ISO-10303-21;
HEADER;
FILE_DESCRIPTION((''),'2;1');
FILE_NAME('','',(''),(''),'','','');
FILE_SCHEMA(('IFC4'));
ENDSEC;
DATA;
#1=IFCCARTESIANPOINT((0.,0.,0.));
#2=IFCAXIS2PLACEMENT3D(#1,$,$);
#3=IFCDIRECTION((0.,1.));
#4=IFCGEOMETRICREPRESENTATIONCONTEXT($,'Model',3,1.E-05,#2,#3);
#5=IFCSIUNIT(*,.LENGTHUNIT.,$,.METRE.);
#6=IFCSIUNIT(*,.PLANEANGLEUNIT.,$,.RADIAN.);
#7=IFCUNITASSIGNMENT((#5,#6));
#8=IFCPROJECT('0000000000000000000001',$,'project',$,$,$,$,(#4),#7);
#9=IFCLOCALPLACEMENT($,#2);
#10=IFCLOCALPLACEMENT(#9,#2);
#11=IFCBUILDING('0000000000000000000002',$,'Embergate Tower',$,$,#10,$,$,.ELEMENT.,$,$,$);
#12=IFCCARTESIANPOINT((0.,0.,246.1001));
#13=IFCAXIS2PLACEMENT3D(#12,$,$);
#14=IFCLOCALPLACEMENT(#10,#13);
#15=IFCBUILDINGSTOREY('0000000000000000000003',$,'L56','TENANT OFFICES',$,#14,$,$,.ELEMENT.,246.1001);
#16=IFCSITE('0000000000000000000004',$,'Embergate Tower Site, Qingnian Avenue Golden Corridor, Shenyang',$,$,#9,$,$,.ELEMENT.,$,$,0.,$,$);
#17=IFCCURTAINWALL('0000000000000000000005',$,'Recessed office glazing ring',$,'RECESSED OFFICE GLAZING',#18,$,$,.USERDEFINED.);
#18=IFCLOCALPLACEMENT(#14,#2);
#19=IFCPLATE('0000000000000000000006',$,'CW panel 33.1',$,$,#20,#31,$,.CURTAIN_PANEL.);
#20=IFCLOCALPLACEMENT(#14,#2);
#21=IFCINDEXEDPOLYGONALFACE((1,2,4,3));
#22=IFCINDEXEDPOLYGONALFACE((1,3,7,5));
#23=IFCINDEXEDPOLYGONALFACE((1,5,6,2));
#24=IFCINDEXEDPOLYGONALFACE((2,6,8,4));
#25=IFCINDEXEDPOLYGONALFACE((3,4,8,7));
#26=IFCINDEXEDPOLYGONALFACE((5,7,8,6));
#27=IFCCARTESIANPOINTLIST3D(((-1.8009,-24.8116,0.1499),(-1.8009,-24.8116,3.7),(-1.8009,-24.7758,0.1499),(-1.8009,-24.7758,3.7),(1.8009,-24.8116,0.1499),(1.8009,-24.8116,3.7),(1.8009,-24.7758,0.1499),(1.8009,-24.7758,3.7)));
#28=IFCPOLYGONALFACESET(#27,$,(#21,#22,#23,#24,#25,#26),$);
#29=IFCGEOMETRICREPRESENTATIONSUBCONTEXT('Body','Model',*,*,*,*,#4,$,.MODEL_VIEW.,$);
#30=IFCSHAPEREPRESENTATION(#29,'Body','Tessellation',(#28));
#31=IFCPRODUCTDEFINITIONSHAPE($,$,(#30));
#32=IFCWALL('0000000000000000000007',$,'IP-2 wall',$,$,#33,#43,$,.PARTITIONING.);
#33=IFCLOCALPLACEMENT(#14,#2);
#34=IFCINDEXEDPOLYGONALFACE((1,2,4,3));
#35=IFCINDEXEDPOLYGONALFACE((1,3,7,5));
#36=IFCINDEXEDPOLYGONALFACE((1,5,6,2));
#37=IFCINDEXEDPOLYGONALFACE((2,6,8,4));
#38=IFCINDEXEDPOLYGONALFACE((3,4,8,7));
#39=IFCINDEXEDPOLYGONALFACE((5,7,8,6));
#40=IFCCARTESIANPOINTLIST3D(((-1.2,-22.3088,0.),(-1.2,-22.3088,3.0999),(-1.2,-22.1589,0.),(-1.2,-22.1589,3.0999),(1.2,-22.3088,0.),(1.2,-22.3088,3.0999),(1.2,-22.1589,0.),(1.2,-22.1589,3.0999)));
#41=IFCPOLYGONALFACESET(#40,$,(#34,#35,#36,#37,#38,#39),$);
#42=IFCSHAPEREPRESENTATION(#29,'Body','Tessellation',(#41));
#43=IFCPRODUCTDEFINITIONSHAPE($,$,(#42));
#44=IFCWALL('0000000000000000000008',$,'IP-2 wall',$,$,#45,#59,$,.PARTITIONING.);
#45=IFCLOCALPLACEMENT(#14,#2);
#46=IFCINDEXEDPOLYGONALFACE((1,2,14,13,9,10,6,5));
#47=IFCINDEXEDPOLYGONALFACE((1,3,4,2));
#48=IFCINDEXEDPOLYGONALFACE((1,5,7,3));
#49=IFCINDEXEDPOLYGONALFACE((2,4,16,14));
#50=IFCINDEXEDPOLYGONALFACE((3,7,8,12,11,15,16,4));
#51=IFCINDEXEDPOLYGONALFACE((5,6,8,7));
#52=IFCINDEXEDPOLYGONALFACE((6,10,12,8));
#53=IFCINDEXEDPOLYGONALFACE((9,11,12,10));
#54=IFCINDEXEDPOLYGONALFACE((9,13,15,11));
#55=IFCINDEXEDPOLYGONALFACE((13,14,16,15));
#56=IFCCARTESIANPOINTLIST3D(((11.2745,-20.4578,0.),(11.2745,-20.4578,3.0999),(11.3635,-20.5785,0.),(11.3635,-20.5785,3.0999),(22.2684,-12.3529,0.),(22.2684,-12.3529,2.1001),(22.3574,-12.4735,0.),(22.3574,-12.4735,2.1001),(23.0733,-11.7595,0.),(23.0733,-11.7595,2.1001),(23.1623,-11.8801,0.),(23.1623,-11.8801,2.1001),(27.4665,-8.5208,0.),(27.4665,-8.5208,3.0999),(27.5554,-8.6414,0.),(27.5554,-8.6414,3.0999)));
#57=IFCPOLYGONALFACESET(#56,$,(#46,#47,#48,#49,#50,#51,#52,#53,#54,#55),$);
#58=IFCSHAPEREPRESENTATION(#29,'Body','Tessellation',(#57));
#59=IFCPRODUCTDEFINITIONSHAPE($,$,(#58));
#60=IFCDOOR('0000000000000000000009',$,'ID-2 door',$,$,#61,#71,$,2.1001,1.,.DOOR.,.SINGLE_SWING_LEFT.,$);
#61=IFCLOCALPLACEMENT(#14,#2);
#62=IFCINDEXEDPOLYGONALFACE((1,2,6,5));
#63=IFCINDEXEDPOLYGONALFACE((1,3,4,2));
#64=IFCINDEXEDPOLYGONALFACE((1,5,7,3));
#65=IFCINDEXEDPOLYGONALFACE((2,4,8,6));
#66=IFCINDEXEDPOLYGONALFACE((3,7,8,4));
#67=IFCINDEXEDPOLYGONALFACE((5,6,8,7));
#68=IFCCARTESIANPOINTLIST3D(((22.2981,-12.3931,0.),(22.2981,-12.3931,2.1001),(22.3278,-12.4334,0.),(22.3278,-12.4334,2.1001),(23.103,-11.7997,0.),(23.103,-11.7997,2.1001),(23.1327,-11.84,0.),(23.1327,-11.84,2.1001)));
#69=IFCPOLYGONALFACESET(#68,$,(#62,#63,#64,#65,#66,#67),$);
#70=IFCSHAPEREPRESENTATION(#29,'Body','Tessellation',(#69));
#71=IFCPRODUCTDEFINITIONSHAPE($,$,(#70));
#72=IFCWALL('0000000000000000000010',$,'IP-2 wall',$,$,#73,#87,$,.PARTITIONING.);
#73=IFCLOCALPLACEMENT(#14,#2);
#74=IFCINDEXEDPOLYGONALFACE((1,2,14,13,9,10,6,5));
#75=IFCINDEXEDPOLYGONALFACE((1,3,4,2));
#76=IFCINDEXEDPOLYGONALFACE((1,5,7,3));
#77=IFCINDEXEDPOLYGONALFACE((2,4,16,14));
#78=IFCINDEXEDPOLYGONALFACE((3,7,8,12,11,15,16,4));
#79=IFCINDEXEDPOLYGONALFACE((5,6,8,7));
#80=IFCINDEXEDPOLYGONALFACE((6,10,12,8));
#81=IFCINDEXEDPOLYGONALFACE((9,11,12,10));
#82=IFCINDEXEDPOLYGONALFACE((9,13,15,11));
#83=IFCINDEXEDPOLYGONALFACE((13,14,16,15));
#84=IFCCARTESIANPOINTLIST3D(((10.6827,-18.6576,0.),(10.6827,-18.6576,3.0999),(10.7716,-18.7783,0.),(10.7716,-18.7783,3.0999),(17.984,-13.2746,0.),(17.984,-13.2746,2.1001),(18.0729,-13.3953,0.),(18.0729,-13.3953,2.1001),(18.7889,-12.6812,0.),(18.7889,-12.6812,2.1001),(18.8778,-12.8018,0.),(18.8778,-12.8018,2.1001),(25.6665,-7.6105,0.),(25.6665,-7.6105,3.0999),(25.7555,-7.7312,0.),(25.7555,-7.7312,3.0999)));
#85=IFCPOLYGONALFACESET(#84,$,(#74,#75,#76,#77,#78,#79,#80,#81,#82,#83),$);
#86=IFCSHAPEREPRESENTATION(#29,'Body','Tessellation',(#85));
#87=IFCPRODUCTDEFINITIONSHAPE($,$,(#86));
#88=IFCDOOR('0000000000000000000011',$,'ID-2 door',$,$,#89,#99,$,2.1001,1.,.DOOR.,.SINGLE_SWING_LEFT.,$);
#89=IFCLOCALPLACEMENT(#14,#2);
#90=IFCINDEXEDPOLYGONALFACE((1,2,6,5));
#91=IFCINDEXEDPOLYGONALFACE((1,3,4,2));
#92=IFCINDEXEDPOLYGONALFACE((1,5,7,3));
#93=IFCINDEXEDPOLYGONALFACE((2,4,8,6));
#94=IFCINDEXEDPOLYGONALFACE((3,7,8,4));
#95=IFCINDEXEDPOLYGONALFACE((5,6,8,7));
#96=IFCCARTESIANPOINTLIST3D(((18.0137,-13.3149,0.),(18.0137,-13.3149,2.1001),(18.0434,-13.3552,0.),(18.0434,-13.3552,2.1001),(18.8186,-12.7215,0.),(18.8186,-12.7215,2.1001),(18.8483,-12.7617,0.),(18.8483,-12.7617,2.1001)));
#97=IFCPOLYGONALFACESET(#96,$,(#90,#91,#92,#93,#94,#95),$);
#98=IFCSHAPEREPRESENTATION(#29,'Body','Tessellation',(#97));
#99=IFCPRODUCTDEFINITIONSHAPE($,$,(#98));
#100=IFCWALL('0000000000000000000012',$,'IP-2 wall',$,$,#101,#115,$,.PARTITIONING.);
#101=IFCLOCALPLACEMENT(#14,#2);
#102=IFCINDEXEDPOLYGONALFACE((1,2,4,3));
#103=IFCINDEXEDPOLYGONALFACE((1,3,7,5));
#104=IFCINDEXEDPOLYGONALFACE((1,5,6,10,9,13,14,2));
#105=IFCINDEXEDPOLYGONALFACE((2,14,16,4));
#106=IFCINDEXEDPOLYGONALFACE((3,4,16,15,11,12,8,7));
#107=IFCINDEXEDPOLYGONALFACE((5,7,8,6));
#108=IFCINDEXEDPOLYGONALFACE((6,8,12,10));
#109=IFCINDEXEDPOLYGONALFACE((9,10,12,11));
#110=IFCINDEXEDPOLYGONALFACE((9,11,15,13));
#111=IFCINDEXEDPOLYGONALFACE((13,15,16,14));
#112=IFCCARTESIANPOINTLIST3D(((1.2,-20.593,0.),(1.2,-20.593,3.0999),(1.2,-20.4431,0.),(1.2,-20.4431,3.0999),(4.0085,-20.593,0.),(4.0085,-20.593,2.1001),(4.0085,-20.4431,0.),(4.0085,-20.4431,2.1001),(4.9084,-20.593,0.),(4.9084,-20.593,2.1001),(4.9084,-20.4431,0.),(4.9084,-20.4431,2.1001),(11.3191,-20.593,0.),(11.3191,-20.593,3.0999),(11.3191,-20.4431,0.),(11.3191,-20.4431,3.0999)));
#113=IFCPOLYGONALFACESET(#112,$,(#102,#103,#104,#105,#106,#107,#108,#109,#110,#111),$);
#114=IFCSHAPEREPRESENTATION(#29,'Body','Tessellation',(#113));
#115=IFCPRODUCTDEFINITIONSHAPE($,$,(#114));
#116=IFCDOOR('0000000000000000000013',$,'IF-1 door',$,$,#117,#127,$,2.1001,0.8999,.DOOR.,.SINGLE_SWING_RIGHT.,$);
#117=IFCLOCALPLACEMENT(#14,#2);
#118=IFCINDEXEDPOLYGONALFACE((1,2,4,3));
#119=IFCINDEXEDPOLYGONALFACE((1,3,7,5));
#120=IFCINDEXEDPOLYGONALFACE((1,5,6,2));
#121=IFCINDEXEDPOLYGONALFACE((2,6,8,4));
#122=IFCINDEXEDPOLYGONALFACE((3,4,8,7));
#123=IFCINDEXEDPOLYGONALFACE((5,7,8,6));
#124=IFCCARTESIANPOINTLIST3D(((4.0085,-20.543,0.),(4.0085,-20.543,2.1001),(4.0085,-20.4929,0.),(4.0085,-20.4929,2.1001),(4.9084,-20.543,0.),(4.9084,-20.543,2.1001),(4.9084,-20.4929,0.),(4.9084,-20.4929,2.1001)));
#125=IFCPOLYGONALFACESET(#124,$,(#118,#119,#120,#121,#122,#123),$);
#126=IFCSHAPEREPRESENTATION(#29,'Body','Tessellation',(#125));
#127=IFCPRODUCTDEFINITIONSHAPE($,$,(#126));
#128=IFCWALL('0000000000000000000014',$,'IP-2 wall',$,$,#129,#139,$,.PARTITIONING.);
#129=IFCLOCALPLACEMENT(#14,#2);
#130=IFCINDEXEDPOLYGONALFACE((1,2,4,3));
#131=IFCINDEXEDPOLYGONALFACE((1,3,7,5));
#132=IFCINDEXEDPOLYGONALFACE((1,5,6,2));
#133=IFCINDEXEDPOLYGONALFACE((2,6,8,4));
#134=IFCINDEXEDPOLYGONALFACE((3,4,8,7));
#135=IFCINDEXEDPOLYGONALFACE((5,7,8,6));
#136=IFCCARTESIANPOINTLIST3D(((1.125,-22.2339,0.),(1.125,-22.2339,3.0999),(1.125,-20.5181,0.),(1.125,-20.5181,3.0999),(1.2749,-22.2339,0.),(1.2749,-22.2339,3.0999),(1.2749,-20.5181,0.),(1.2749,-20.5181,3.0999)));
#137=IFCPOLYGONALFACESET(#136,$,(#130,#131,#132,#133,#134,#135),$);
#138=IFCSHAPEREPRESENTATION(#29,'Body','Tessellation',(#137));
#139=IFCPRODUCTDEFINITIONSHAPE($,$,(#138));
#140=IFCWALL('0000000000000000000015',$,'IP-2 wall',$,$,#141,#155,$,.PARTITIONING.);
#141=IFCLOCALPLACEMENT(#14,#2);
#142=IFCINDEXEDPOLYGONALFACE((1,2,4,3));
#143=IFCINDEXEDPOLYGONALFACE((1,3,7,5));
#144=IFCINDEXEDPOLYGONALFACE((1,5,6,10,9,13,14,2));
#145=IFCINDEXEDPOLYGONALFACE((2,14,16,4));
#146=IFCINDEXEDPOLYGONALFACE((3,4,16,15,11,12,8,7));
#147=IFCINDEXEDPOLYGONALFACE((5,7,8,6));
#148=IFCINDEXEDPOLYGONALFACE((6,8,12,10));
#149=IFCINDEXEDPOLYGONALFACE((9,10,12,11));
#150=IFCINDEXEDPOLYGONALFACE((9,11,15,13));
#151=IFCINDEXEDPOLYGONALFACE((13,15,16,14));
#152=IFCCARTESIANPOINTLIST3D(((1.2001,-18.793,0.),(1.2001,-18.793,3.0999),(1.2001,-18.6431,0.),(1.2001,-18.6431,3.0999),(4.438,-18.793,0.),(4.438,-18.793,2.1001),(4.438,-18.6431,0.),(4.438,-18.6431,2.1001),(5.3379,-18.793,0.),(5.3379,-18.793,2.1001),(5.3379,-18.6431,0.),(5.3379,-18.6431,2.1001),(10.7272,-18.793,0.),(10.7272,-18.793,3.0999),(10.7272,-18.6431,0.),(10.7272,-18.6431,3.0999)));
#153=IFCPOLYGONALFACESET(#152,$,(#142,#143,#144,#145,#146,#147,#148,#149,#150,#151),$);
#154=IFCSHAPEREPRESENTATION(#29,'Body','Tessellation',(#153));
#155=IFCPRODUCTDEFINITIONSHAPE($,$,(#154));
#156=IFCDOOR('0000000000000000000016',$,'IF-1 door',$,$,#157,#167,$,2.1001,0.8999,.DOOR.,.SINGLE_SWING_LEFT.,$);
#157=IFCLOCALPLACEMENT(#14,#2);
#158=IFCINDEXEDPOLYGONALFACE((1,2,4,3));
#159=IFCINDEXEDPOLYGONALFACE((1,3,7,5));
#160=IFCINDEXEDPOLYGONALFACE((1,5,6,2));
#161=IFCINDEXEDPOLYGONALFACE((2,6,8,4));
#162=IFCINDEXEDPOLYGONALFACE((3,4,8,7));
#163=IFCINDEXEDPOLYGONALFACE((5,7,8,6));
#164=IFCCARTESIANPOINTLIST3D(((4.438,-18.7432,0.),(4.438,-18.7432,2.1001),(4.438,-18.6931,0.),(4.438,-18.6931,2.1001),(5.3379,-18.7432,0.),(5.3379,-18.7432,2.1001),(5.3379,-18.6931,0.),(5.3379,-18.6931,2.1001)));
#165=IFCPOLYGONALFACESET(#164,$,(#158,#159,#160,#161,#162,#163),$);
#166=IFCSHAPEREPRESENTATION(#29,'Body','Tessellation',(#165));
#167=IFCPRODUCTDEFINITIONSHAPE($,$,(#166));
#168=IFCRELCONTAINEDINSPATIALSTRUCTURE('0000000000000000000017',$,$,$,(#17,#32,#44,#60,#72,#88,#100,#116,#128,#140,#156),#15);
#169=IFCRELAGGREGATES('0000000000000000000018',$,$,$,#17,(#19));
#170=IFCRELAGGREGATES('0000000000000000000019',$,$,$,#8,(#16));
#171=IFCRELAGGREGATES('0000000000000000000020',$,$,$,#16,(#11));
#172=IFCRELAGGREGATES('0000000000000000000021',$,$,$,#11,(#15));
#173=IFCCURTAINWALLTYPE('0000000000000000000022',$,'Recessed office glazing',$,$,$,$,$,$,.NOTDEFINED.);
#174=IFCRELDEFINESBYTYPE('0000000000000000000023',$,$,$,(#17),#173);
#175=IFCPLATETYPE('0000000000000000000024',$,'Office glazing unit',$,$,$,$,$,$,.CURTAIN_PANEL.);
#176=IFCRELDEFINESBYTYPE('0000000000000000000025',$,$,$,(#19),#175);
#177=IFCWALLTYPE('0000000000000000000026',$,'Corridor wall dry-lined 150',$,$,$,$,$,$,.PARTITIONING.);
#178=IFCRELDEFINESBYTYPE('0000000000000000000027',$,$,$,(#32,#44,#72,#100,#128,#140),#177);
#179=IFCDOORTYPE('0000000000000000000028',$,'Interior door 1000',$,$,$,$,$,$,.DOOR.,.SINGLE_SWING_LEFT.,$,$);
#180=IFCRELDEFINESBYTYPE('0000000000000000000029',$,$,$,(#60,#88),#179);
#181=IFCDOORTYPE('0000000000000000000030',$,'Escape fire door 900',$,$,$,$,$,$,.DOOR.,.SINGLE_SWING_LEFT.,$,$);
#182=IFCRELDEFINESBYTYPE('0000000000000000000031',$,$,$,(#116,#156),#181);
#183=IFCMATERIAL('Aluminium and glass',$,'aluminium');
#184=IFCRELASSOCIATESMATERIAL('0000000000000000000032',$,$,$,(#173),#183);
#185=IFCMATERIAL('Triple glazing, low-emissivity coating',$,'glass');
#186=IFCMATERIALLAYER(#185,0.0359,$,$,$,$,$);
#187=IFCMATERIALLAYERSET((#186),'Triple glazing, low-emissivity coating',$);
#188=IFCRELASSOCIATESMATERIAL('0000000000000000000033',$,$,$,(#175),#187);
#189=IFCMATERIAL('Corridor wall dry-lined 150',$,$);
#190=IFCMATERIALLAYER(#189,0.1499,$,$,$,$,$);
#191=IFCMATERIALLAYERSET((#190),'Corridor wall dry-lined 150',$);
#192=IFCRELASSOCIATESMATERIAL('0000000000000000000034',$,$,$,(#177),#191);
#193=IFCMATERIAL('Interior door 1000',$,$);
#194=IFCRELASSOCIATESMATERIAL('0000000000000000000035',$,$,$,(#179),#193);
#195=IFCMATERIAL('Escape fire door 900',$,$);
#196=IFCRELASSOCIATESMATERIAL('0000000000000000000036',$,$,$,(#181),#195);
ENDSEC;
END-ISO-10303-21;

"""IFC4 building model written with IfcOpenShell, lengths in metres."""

from ifc_helpers import new_model, si_unit, direction, frame, frame_2d, origin, origin_2d, place, context, subcontext, project, spatial, rectangle, extrude, source, transform, mapped, material, layer, layer_set, type_object, element, fill, aggregate, save


model = new_model("IFC4")

# Units and contexts
model_context = context("Model", 3, precision=1e-05, world=origin(), true_north=direction((0.0, 1.0)))
body_context = subcontext(model_context, "Body", "Model", "MODEL_VIEW")
ifc_project = project(units=[si_unit("LENGTHUNIT", "METRE"), si_unit("PLANEANGLEUNIT", "RADIAN")], contexts=[model_context])

# Site, building, storey
site_placement = place(None, origin())
site = spatial("IfcSite", under=ifc_project, at=site_placement, Name="Embergate Tower Site, Qingnian Avenue Golden Corridor, Shenyang", CompositionType="ELEMENT", RefElevation=0.0)
building_placement = place(site_placement, origin())
building = spatial("IfcBuilding", under=site, at=building_placement, Name="Embergate Tower", CompositionType="ELEMENT")
storey_placement = place(building_placement, frame((0.0, 0.0, 246.1001)))
storey = spatial("IfcBuildingStorey", under=building, at=storey_placement, Name="L56", Description="TENANT OFFICES", CompositionType="ELEMENT", Elevation=246.1001)

# Curtain wall
ifc_material_1 = material(Name="Aluminium and glass", Category="aluminium")
curtain_wall_type = type_object("IfcCurtainWallType", Name="Recessed office glazing", PredefinedType="NOTDEFINED", material=ifc_material_1)
curtain_wall_placement = place(storey_placement, origin())
curtain_wall = element("IfcCurtainWall", 1, at=curtain_wall_placement, inside=storey, type_object=curtain_wall_type, Name="Recessed office glazing ring", ObjectType="RECESSED OFFICE GLAZING", PredefinedType="USERDEFINED")

# Plate
ifc_material_2 = material(Name="Triple glazing, low-emissivity coating", Category="glass")
ifc_layer_1 = layer(ifc_material_2, 0.0359)
ifc_layer_set_1 = layer_set([ifc_layer_1], Name="Triple glazing, low-emissivity coating")
plate_type = type_object("IfcPlateType", Name="Office glazing unit", PredefinedType="CURTAIN_PANEL", material=ifc_layer_set_1)
shared_shape_1 = source(origin(), body_context, "Body", "SweptSolid", [
    extrude(rectangle(XDim=3.6018, YDim=0.0359, at=origin_2d()), origin(), (0.0, 0.0, 1.0), 3.55),
])
plate_1_placement = place(storey_placement, frame((0.0, -24.7937, 0.1499), z_axis=(0.0, 0.0, 1.0), x_axis=(1.0, 0.0, 0.0)))
plate_1 = element("IfcPlate", 2, at=plate_1_placement, type_object=plate_type, Name="CW panel 33.1", PredefinedType="CURTAIN_PANEL", context=body_context, shape_type="MappedRepresentation", body=[
    mapped(shared_shape_1, transform((0.0, 0.0, 0.0))),
])
aggregate(curtain_wall, [plate_1])

# Wall
ifc_material_3 = material(Name="Corridor wall dry-lined 150")
ifc_layer_2 = layer(ifc_material_3, 0.1499)
ifc_layer_set_2 = layer_set([ifc_layer_2], Name="Corridor wall dry-lined 150")
wall_type_1 = type_object("IfcWallType", Name="Corridor wall dry-lined 150", PredefinedType="PARTITIONING", material=ifc_layer_set_2)
shared_shape_2 = source(origin(), body_context, "Body", "SweptSolid", [
    extrude(rectangle(XDim=2.3999, YDim=0.1499, at=frame_2d((1.2, 0.0))), origin(), (0.0, 0.0, 1.0), 3.0999),
])
wall_1_placement = place(storey_placement, frame((1.2, -22.2339, 0.0), z_axis=(0.0, 0.0, 1.0), x_axis=(-1.0, 0.0, 0.0)))
element("IfcWall", 3, at=wall_1_placement, inside=storey, type_object=wall_type_1, Name="IP-2 wall", PredefinedType="PARTITIONING", context=body_context, shape_type="MappedRepresentation", body=[
    mapped(shared_shape_2, transform((0.0, 0.0, 0.0))),
])

# Walls, openings, doors
shared_shape_3 = source(origin(), body_context, "Body", "SweptSolid", [
    extrude(rectangle(XDim=20.1165, YDim=0.1499, at=frame_2d((10.0581, 0.0))), origin(), (0.0, 0.0, 1.0), 3.0999),
])
wall_2_placement = place(storey_placement, frame((11.3191, -20.5181, 0.0), z_axis=(0.0, 0.0, 1.0), x_axis=(0.80491, 0.593397, 0.0)))
wall_2 = element("IfcWall", 4, at=wall_2_placement, inside=storey, type_object=wall_type_1, Name="IP-2 wall", PredefinedType="PARTITIONING", context=body_context, shape_type="MappedRepresentation", body=[
    mapped(shared_shape_3, transform((0.0, 0.0, 0.0))),
])
shared_shape_4 = source(origin(), body_context, "Body", "SweptSolid", [
    extrude(rectangle(XDim=1.0, YDim=2.1001, at=frame_2d((0.5, 1.05))), frame((0.0, 0.085, 0.0), z_axis=(0.0, -1.0, 0.0), x_axis=(1.0, 0.0, 0.0)), (0.0, 0.0, 1.0), 0.1699),
])
opening_1_placement = place(wall_2_placement, frame((13.6584, 0.0, 0.0)))
opening_1 = element("IfcOpeningElement", 5, at=opening_1_placement, cuts=wall_2, PredefinedType="OPENING", context=body_context, shape_type="MappedRepresentation", body=[
    mapped(shared_shape_4, transform((0.0, 0.0, 0.0))),
])
ifc_material_4 = material(Name="Interior door 1000")
door_type_1 = type_object("IfcDoorType", Name="Interior door 1000", OperationType="SINGLE_SWING_LEFT", PredefinedType="DOOR", material=ifc_material_4)
shared_shape_5 = source(origin(), body_context, "Body", "SweptSolid", [
    extrude(rectangle(XDim=1.0, YDim=2.1001, at=frame_2d((0.5, 1.05))), frame((0.0, 0.0249, 0.0), z_axis=(0.0, -1.0, 0.0), x_axis=(1.0, 0.0, 0.0)), (0.0, 0.0, 1.0), 0.05),
])
door_1_placement = place(opening_1_placement, origin())
door_1 = element("IfcDoor", 6, at=door_1_placement, inside=storey, type_object=door_type_1, Name="ID-2 door", OperationType="SINGLE_SWING_LEFT", OverallHeight=2.1001, OverallWidth=1.0, PredefinedType="DOOR", context=body_context, shape_type="MappedRepresentation", body=[
    mapped(shared_shape_5, transform((0.0, 0.0, 0.0))),
])
fill(opening_1, door_1)
shared_shape_6 = source(origin(), body_context, "Body", "SweptSolid", [
    extrude(rectangle(XDim=18.616, YDim=0.1499, at=frame_2d((9.3081, 0.0))), origin(), (0.0, 0.0, 1.0), 3.0999),
])
wall_3_placement = place(storey_placement, frame((10.7271, -18.718, 0.0), z_axis=(0.0, 0.0, 1.0), x_axis=(0.804893, 0.59342, 0.0)))
wall_3 = element("IfcWall", 7, at=wall_3_placement, inside=storey, type_object=wall_type_1, Name="IP-2 wall", PredefinedType="PARTITIONING", context=body_context, shape_type="MappedRepresentation", body=[
    mapped(shared_shape_6, transform((0.0, 0.0, 0.0))),
])
opening_2_placement = place(wall_3_placement, frame((9.0713, 0.0, 0.0)))
opening_2 = element("IfcOpeningElement", 8, at=opening_2_placement, cuts=wall_3, PredefinedType="OPENING", context=body_context, shape_type="MappedRepresentation", body=[
    mapped(shared_shape_4, transform((0.0, 0.0, 0.0))),
])
door_2_placement = place(opening_2_placement, origin())
door_2 = element("IfcDoor", 9, at=door_2_placement, inside=storey, type_object=door_type_1, Name="ID-2 door", OperationType="SINGLE_SWING_LEFT", OverallHeight=2.1001, OverallWidth=1.0, PredefinedType="DOOR", context=body_context, shape_type="MappedRepresentation", body=[
    mapped(shared_shape_5, transform((0.0, 0.0, 0.0))),
])
fill(opening_2, door_2)
shared_shape_7 = source(origin(), body_context, "Body", "SweptSolid", [
    extrude(rectangle(XDim=10.1191, YDim=0.1499, at=frame_2d((5.0596, 0.0))), origin(), (0.0, 0.0, 1.0), 3.0999),
])
wall_4_placement = place(storey_placement, frame((11.3191, -20.5181, 0.0), z_axis=(0.0, 0.0, 1.0), x_axis=(-1.0, 0.0, 0.0)))
wall_4 = element("IfcWall", 10, at=wall_4_placement, inside=storey, type_object=wall_type_1, Name="IP-2 wall", PredefinedType="PARTITIONING", context=body_context, shape_type="MappedRepresentation", body=[
    mapped(shared_shape_7, transform((0.0, 0.0, 0.0))),
])
shared_shape_8 = source(origin(), body_context, "Body", "SweptSolid", [
    extrude(rectangle(XDim=0.8999, YDim=2.1001, at=frame_2d((0.45, 1.05))), frame((0.0, 0.085, 0.0), z_axis=(0.0, -1.0, 0.0), x_axis=(1.0, 0.0, 0.0)), (0.0, 0.0, 1.0), 0.1699),
])
opening_3_placement = place(wall_4_placement, frame((6.4106, 0.0, 0.0)))
opening_3 = element("IfcOpeningElement", 11, at=opening_3_placement, cuts=wall_4, PredefinedType="OPENING", context=body_context, shape_type="MappedRepresentation", body=[
    mapped(shared_shape_8, transform((0.0, 0.0, 0.0))),
])
ifc_material_5 = material(Name="Escape fire door 900")
door_type_2 = type_object("IfcDoorType", Name="Escape fire door 900", OperationType="SINGLE_SWING_LEFT", PredefinedType="DOOR", material=ifc_material_5)
shared_shape_9 = source(origin(), body_context, "Body", "SweptSolid", [
    extrude(rectangle(XDim=0.8999, YDim=2.1001, at=frame_2d((0.45, 1.05))), frame((0.0, 0.0249, 0.0), z_axis=(0.0, -1.0, 0.0), x_axis=(1.0, 0.0, 0.0)), (0.0, 0.0, 1.0), 0.05),
])
door_3_placement = place(opening_3_placement, origin())
door_3 = element("IfcDoor", 12, at=door_3_placement, inside=storey, type_object=door_type_2, Name="IF-1 door", OperationType="SINGLE_SWING_RIGHT", OverallHeight=2.1001, OverallWidth=0.8999, PredefinedType="DOOR", context=body_context, shape_type="MappedRepresentation", body=[
    mapped(shared_shape_9, transform((0.0, 0.0, 0.0))),
])
fill(opening_3, door_3)

# Wall
shared_shape_10 = source(origin(), body_context, "Body", "SweptSolid", [
    extrude(rectangle(XDim=1.7158, YDim=0.1499, at=frame_2d((0.8579, 0.0))), origin(), (0.0, 0.0, 1.0), 3.0999),
])
wall_5_placement = place(storey_placement, frame((1.2, -20.5181, 0.0), z_axis=(0.0, 0.0, 1.0), x_axis=(0.0, -1.0, 0.0)))
element("IfcWall", 13, at=wall_5_placement, inside=storey, type_object=wall_type_1, Name="IP-2 wall", PredefinedType="PARTITIONING", context=body_context, shape_type="MappedRepresentation", body=[
    mapped(shared_shape_10, transform((0.0, 0.0, 0.0))),
])

# Wall, opening, door
shared_shape_11 = source(origin(), body_context, "Body", "SweptSolid", [
    extrude(rectangle(XDim=9.5271, YDim=0.1499, at=frame_2d((4.7637, 0.0))), origin(), (0.0, 0.0, 1.0), 3.0999),
])
wall_6_placement = place(storey_placement, frame((1.2, -18.718, 0.0), z_axis=(0.0, 0.0, 1.0), x_axis=(1.0, 0.0, 0.0)))
wall_6 = element("IfcWall", 14, at=wall_6_placement, inside=storey, type_object=wall_type_1, Name="IP-2 wall", PredefinedType="PARTITIONING", context=body_context, shape_type="MappedRepresentation", body=[
    mapped(shared_shape_11, transform((0.0, 0.0, 0.0))),
])
opening_4_placement = place(wall_6_placement, frame((3.238, 0.0, 0.0)))
opening_4 = element("IfcOpeningElement", 15, at=opening_4_placement, cuts=wall_6, PredefinedType="OPENING", context=body_context, shape_type="MappedRepresentation", body=[
    mapped(shared_shape_8, transform((0.0, 0.0, 0.0))),
])
door_4_placement = place(opening_4_placement, origin())
door_4 = element("IfcDoor", 16, at=door_4_placement, inside=storey, type_object=door_type_2, Name="IF-1 door", OperationType="SINGLE_SWING_LEFT", OverallHeight=2.1001, OverallWidth=0.8999, PredefinedType="DOOR", context=body_context, shape_type="MappedRepresentation", body=[
    mapped(shared_shape_9, transform((0.0, 0.0, 0.0))),
])
fill(opening_4, door_4)

save(model, "model.ifc")
